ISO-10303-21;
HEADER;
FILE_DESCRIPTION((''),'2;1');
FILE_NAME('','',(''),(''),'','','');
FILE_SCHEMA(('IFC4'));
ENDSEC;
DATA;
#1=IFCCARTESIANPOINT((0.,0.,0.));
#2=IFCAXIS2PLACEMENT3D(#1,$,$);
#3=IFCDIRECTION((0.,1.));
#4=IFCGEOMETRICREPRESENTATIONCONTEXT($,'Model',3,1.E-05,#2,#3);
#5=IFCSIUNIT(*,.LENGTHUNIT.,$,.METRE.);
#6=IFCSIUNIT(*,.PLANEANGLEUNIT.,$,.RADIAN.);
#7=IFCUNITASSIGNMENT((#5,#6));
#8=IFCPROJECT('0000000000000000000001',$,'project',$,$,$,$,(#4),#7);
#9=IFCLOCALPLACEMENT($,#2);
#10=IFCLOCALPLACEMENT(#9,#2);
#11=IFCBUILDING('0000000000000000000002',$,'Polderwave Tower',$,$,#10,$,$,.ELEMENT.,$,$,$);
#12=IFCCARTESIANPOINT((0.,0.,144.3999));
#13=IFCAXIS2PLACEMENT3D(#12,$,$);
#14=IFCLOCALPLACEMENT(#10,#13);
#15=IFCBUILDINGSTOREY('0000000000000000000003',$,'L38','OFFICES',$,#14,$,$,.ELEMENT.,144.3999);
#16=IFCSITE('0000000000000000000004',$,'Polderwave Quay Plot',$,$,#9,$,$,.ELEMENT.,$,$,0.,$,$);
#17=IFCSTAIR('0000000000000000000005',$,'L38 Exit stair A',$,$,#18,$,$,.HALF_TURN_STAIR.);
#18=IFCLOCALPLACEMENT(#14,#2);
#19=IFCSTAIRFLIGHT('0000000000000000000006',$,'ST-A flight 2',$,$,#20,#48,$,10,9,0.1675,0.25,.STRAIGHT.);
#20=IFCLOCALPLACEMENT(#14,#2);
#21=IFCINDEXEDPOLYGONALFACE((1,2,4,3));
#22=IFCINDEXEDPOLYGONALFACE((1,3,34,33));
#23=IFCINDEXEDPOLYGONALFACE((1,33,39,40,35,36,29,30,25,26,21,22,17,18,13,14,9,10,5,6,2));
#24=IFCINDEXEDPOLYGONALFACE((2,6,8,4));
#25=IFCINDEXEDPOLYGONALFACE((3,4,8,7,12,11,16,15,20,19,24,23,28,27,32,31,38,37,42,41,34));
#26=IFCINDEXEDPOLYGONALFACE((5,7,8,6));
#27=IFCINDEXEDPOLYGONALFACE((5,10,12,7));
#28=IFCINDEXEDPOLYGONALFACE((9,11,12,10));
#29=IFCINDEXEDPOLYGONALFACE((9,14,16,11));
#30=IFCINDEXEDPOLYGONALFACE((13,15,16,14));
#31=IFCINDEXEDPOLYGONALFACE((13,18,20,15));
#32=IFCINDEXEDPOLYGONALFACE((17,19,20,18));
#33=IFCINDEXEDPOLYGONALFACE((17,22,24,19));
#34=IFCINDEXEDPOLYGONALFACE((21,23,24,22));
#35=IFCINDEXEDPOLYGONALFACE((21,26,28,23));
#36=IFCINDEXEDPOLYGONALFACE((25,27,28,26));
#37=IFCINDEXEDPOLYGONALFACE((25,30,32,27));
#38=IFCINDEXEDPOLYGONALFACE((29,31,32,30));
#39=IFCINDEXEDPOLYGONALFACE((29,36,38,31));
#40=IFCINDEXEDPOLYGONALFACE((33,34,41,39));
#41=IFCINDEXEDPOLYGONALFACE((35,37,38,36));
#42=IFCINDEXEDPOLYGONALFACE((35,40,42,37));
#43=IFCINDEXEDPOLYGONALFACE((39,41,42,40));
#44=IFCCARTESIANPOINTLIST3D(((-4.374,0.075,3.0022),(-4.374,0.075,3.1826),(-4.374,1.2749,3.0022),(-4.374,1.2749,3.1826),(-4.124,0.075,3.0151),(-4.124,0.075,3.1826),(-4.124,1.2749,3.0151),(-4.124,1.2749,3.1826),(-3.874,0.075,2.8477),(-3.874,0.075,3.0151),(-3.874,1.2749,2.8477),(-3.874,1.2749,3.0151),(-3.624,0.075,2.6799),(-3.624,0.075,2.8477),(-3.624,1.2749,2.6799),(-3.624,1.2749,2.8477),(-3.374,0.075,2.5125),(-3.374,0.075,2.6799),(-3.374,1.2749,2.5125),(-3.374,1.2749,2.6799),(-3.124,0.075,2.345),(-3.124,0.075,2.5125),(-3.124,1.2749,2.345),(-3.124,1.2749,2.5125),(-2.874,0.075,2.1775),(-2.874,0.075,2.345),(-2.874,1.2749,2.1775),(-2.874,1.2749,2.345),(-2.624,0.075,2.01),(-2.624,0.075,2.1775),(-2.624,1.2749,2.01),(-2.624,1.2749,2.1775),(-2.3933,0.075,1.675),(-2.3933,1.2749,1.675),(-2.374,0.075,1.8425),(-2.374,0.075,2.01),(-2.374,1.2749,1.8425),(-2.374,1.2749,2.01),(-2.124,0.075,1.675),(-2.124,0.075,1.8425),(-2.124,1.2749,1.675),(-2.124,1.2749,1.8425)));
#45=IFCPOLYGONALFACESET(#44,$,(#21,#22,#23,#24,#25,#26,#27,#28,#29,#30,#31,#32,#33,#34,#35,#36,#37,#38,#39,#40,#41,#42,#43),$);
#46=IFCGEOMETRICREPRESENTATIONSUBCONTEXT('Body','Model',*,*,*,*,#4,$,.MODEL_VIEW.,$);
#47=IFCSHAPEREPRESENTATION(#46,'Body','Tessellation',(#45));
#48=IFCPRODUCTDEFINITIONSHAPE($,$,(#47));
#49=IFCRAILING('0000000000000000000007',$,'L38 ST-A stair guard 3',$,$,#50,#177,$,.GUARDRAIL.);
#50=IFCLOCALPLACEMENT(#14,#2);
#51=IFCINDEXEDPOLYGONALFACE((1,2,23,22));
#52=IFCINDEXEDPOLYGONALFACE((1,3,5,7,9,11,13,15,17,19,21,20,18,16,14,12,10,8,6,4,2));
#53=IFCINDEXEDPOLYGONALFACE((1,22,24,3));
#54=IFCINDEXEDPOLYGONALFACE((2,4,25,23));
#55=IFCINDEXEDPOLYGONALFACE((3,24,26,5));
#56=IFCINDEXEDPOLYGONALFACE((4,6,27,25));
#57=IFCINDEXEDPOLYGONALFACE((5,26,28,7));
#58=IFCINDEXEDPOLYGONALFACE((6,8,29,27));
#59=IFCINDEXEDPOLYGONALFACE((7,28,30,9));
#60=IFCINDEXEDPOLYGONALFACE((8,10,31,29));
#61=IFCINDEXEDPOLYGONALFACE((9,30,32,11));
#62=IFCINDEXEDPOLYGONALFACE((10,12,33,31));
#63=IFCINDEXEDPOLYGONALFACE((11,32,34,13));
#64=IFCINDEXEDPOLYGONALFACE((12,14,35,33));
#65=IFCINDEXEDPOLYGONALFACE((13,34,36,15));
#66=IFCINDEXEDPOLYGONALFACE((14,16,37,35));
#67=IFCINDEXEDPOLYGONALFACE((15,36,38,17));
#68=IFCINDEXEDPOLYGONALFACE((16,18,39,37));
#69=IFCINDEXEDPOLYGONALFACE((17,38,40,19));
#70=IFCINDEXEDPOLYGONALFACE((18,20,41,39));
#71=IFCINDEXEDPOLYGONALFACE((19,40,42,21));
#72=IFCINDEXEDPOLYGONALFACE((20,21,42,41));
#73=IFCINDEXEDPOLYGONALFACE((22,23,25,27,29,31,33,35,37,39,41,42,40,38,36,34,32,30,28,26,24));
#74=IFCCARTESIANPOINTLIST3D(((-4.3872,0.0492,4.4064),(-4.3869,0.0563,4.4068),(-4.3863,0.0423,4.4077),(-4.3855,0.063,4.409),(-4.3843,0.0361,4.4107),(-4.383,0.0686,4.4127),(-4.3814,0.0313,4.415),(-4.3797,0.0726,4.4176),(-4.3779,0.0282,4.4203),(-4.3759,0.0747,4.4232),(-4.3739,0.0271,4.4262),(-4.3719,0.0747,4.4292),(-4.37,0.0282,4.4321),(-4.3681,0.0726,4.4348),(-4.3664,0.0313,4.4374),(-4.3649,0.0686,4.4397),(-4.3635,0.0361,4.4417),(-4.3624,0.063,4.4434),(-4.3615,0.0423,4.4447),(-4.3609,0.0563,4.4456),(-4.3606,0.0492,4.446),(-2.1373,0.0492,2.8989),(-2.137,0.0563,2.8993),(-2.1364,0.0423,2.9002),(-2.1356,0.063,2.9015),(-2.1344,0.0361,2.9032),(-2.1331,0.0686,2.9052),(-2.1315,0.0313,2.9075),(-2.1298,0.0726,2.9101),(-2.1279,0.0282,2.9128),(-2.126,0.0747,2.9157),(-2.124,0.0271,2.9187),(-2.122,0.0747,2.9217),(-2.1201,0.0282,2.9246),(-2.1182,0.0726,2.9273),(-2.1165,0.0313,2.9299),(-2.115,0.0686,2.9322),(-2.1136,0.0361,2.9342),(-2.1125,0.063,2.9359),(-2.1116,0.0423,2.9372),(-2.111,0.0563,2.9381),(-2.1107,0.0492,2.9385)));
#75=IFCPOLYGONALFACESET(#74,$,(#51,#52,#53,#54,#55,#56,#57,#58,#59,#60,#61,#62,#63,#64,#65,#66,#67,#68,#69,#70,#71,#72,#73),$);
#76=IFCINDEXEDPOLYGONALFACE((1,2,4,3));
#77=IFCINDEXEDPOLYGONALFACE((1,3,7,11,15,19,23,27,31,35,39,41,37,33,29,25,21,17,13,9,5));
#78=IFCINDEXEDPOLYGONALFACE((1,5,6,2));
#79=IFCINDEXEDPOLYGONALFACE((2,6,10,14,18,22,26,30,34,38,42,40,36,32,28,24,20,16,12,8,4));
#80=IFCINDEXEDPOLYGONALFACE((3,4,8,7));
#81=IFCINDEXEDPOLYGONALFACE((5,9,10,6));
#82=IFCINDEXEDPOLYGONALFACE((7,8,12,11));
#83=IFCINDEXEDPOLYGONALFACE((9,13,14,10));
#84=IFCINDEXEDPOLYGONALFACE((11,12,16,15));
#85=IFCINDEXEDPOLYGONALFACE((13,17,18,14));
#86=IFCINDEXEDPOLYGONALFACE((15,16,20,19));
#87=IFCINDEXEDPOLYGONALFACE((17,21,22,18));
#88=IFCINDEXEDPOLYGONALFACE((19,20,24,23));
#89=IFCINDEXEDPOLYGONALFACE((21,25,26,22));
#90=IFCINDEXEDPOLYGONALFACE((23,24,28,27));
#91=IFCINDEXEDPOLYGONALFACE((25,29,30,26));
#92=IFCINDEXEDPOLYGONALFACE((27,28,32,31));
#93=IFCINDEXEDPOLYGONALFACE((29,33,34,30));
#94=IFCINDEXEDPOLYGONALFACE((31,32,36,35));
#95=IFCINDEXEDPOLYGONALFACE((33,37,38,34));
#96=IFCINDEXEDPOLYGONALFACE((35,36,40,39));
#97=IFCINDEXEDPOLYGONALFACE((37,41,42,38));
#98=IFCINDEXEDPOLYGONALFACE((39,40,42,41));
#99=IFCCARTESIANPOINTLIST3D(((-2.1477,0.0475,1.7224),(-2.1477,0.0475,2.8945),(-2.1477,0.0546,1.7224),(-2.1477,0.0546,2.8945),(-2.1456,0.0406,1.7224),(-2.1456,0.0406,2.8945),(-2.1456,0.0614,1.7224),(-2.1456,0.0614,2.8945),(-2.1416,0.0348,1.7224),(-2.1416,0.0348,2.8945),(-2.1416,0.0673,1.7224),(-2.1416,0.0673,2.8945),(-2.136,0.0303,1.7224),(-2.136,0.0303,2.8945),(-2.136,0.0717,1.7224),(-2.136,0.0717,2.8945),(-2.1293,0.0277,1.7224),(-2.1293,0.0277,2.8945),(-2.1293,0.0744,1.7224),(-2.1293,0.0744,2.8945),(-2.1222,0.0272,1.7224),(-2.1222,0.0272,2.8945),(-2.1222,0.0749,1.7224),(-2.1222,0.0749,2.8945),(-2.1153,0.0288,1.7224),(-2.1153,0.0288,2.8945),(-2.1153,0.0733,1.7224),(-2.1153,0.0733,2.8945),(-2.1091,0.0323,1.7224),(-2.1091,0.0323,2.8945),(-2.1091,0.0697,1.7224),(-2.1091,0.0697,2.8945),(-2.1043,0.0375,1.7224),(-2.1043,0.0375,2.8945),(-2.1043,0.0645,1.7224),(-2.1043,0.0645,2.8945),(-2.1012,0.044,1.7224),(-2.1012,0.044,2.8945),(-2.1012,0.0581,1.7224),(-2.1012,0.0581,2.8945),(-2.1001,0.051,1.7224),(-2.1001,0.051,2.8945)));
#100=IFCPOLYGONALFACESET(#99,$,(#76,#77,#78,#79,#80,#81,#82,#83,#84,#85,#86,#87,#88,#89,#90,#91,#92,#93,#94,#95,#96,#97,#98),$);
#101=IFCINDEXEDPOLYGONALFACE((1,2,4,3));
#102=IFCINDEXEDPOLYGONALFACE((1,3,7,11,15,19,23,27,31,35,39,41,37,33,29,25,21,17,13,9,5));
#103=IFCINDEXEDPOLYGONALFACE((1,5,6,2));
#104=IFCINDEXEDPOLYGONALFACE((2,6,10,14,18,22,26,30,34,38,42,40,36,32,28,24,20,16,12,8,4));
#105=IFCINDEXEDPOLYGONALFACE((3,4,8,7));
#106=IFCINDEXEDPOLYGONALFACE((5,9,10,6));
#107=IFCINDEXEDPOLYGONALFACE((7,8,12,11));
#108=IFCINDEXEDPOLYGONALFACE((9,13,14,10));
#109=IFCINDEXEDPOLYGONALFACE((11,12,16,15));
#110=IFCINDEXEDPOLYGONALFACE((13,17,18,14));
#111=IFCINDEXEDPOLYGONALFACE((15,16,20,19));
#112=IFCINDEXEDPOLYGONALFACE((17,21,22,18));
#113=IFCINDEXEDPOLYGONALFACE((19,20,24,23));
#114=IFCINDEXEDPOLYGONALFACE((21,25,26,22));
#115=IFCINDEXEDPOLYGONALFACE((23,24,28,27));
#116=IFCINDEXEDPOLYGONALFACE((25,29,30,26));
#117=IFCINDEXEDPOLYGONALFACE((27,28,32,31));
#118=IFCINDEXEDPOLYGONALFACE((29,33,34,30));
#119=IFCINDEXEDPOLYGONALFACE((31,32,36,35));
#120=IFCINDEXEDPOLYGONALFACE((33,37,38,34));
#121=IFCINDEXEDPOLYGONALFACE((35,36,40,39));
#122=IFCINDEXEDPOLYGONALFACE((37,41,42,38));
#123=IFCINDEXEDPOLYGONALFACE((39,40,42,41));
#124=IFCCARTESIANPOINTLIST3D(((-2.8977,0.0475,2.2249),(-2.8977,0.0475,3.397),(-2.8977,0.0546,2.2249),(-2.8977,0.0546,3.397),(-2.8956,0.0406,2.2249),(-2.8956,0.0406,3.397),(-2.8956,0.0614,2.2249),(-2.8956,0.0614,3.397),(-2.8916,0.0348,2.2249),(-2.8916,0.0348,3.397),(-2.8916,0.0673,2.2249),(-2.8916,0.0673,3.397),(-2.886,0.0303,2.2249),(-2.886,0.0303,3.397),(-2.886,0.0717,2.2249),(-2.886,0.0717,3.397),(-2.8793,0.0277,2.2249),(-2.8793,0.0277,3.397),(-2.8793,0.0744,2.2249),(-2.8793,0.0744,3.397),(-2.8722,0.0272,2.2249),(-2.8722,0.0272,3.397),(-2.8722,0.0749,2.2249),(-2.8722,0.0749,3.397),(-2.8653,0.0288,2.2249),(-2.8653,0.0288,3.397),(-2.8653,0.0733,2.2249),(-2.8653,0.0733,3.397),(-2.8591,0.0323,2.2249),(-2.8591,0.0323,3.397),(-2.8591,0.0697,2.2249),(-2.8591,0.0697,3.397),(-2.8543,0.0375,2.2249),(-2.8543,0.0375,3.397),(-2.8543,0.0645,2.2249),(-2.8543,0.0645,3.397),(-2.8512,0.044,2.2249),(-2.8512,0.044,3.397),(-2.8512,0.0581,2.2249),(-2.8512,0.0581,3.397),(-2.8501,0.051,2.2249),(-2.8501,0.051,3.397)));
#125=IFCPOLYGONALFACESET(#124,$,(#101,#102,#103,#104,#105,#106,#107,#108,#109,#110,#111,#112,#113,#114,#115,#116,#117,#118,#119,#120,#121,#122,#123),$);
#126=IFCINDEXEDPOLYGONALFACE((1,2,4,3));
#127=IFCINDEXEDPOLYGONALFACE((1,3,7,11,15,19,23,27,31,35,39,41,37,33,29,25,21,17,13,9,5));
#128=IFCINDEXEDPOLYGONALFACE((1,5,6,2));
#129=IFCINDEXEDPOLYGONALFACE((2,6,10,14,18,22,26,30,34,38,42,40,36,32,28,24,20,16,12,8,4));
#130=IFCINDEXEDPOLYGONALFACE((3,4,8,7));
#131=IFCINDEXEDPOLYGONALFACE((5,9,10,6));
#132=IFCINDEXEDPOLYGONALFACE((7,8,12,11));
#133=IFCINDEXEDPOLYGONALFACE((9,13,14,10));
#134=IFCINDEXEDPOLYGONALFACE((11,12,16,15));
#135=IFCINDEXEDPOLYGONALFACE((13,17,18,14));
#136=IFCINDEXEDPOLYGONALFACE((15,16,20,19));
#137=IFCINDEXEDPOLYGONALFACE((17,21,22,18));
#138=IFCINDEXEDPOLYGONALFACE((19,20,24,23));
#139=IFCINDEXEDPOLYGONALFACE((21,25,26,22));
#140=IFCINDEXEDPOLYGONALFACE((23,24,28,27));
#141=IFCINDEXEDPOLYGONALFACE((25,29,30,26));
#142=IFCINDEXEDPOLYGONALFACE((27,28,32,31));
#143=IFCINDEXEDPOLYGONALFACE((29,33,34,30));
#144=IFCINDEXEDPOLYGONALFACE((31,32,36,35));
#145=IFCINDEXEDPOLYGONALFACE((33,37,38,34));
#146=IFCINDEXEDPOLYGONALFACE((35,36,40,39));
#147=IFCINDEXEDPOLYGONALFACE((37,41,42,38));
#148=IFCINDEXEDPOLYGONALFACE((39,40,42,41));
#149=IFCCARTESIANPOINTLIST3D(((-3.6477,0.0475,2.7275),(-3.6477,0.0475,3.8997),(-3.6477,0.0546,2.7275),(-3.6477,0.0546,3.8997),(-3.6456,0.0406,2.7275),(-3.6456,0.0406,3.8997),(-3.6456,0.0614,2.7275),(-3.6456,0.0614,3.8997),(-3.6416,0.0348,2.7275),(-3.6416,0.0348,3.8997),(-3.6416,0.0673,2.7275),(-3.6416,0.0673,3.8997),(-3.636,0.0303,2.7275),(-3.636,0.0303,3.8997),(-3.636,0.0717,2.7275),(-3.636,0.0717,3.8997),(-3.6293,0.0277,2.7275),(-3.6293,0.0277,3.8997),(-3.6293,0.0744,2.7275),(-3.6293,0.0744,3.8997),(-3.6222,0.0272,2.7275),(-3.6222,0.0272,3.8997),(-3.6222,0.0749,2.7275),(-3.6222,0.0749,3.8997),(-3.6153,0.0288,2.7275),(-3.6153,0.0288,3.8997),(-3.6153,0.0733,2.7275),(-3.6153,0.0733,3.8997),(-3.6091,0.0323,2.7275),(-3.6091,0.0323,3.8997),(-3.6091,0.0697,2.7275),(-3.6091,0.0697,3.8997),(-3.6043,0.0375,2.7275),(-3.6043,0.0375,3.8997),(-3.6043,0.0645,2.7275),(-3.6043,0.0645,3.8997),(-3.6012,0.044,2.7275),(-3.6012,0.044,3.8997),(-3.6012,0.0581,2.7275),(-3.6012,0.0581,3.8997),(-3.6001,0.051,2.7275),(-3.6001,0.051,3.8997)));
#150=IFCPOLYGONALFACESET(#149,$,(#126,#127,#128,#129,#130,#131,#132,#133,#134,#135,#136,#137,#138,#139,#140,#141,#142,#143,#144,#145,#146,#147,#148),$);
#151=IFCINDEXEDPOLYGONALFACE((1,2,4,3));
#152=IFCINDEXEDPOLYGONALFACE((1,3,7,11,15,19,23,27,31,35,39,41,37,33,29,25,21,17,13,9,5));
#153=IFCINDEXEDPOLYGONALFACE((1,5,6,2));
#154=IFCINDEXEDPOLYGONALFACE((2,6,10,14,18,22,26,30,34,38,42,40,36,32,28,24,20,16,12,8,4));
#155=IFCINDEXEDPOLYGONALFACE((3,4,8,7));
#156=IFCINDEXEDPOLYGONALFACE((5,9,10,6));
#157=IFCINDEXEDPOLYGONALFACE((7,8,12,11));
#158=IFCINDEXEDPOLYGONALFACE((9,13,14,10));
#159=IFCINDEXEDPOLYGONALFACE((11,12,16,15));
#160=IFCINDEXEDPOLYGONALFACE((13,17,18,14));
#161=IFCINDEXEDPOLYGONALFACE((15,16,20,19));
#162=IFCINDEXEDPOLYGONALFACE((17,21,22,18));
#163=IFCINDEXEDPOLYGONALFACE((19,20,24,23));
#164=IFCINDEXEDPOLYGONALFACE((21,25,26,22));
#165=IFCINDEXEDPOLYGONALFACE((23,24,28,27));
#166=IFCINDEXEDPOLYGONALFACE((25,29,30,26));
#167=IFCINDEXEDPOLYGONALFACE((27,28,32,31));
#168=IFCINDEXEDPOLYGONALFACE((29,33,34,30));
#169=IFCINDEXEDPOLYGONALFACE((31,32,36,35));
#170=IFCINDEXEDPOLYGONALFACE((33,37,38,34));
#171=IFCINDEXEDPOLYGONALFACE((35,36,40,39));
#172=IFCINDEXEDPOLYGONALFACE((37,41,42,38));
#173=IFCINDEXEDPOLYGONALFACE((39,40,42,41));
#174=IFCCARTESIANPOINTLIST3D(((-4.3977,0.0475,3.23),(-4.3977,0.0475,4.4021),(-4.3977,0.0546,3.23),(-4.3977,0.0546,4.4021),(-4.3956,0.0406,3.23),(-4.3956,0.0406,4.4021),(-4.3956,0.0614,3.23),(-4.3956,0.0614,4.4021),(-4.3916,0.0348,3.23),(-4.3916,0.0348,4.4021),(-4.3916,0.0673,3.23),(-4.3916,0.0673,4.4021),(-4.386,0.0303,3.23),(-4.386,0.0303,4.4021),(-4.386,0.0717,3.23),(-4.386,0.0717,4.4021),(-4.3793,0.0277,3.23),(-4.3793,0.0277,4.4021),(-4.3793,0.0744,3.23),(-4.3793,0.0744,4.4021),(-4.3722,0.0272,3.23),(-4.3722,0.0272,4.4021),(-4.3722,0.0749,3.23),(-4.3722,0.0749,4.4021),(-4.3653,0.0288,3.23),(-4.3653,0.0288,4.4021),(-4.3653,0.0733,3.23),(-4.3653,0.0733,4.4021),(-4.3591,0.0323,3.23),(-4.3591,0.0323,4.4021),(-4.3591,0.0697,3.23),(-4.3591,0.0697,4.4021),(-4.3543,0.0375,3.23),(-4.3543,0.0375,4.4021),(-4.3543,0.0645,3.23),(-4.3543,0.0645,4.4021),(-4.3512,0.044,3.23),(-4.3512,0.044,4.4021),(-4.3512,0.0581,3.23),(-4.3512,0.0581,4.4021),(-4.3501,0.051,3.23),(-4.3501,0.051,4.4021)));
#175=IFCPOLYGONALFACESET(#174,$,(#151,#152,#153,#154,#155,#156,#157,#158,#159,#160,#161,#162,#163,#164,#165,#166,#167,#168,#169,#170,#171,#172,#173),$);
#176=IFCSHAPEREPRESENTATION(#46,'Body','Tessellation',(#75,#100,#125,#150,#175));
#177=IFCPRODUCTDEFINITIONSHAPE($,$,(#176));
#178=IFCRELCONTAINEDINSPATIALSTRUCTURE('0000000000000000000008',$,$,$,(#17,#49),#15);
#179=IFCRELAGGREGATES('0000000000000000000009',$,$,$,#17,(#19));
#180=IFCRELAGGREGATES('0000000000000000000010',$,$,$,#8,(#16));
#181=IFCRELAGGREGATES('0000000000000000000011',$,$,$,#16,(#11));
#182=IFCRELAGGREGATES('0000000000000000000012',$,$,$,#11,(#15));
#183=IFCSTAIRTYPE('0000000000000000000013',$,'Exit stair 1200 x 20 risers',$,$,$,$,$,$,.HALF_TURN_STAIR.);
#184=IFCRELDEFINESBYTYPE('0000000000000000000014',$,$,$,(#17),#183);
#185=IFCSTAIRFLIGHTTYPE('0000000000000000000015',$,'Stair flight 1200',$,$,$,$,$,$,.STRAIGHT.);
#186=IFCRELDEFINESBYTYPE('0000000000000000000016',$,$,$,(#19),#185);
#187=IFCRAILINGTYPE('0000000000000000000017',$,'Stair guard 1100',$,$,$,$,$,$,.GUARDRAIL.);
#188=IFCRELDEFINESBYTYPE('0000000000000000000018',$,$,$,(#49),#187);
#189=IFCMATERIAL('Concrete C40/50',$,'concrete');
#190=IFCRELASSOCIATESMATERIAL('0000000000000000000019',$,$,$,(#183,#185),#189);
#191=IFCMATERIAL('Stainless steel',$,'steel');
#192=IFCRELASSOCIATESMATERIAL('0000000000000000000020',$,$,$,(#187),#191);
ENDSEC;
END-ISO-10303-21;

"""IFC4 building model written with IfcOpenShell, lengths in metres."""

from ifc_helpers import new_model, si_unit, direction, frame, origin, origin_2d, place, context, subcontext, project, spatial, polyline, circle, outline, extrude, material, type_object, element, aggregate, save


model = new_model("IFC4")

# Units and contexts
model_context = context("Model", 3, precision=1e-05, world=origin(), true_north=direction((0.0, 1.0)))
body_context = subcontext(model_context, "Body", "Model", "MODEL_VIEW")
ifc_project = project(units=[si_unit("LENGTHUNIT", "METRE"), si_unit("PLANEANGLEUNIT", "RADIAN")], contexts=[model_context])

# Site, building, storey
site_placement = place(None, origin())
site = spatial("IfcSite", under=ifc_project, at=site_placement, Name="Polderwave Quay Plot", CompositionType="ELEMENT", RefElevation=0.0)
building_placement = place(site_placement, origin())
building = spatial("IfcBuilding", under=site, at=building_placement, Name="Polderwave Tower", CompositionType="ELEMENT")
storey_placement = place(building_placement, frame((0.0, 0.0, 144.3999)))
storey = spatial("IfcBuildingStorey", under=building, at=storey_placement, Name="L38", Description="OFFICES", CompositionType="ELEMENT", Elevation=144.3999)

# Shared definitions
ifc_material_1 = material(Name="Stainless steel", Category="steel")

# Stair, stair flight
ifc_material_2 = material(Name="Concrete C40/50", Category="concrete")
stair_type = type_object("IfcStairType", Name="Exit stair 1200 x 20 risers", PredefinedType="HALF_TURN_STAIR", material=ifc_material_2)
stair_placement = place(storey_placement, origin())
stair = element("IfcStair", 1, at=stair_placement, inside=storey, type_object=stair_type, Name="L38 Exit stair A", PredefinedType="HALF_TURN_STAIR")
stair_flight_type = type_object("IfcStairFlightType", Name="Stair flight 1200", PredefinedType="STRAIGHT", material=ifc_material_2)
stair_flight_placement = place(storey_placement, frame((-2.124, 0.675, 1.675), z_axis=(0.0, 0.0, 1.0), x_axis=(-1.0, 0.0, 0.0)))
stair_flight = element("IfcStairFlight", 2, at=stair_flight_placement, type_object=stair_flight_type, Name="ST-A flight 2", NumberOfRisers=10, NumberOfTreads=9, PredefinedType="STRAIGHT", RiserHeight=0.1675, TreadLength=0.25, context=body_context, shape_type="SweptSolid", body=[
    extrude(outline(polyline([(0.0, 0.0), (0.0, 0.1675), (0.25, 0.1675), (0.25, 0.335), (0.5, 0.335), (0.5, 0.5024), (0.75, 0.5024), (0.75, 0.6699), (1.0, 0.6699), (1.0, 0.8374), (1.25, 0.8374), (1.25, 1.0049), (1.5, 1.0049), (1.5, 1.1726), (1.75, 1.1726), (1.75, 1.3401), (2.0, 1.3401), (2.0, 1.5076), (2.25, 1.5076), (2.25, 1.675), (2.25, 1.3271), (0.2693, 0.0), (0.0, 0.0)])), frame((0.0, 0.6001, 0.0), z_axis=(0.0, -1.0, 0.0), x_axis=(1.0, 0.0, 0.0)), (0.0, 0.0, 1.0), 1.2),
])
aggregate(stair, [stair_flight])

# Railing
railing_type_1 = type_object("IfcRailingType", Name="Stair guard 1100", PredefinedType="GUARDRAIL", material=ifc_material_1)
railing_1_placement = place(storey_placement, frame((-2.124, 0.051, 1.7224)))
element("IfcRailing", 3, at=railing_1_placement, inside=storey, type_object=railing_type_1, Name="L38 ST-A stair guard 3", PredefinedType="GUARDRAIL", context=body_context, shape_type="SweptSolid", body=[
    extrude(circle(Radius=0.0239, at=origin_2d()), frame((0.0, 0.0, 1.1963), z_axis=(-0.830758, 0.0, 0.556633), x_axis=(0.0, -1.0, 0.0)), (0.0, 0.0, 1.0), 2.7083),
    extrude(circle(Radius=0.0239, at=origin_2d()), origin(), (0.0, 0.0, 1.0), 1.1721),
    extrude(circle(Radius=0.0239, at=origin_2d()), frame((-0.75, 0.0, 0.5024)), (0.0, 0.0, 1.0), 1.1721),
    extrude(circle(Radius=0.0239, at=origin_2d()), frame((-1.5, 0.0, 1.0051)), (0.0, 0.0, 1.0), 1.1721),
    extrude(circle(Radius=0.0239, at=origin_2d()), frame((-2.25, 0.0, 1.5076)), (0.0, 0.0, 1.0), 1.1721),
])

save(model, "model.ifc")
